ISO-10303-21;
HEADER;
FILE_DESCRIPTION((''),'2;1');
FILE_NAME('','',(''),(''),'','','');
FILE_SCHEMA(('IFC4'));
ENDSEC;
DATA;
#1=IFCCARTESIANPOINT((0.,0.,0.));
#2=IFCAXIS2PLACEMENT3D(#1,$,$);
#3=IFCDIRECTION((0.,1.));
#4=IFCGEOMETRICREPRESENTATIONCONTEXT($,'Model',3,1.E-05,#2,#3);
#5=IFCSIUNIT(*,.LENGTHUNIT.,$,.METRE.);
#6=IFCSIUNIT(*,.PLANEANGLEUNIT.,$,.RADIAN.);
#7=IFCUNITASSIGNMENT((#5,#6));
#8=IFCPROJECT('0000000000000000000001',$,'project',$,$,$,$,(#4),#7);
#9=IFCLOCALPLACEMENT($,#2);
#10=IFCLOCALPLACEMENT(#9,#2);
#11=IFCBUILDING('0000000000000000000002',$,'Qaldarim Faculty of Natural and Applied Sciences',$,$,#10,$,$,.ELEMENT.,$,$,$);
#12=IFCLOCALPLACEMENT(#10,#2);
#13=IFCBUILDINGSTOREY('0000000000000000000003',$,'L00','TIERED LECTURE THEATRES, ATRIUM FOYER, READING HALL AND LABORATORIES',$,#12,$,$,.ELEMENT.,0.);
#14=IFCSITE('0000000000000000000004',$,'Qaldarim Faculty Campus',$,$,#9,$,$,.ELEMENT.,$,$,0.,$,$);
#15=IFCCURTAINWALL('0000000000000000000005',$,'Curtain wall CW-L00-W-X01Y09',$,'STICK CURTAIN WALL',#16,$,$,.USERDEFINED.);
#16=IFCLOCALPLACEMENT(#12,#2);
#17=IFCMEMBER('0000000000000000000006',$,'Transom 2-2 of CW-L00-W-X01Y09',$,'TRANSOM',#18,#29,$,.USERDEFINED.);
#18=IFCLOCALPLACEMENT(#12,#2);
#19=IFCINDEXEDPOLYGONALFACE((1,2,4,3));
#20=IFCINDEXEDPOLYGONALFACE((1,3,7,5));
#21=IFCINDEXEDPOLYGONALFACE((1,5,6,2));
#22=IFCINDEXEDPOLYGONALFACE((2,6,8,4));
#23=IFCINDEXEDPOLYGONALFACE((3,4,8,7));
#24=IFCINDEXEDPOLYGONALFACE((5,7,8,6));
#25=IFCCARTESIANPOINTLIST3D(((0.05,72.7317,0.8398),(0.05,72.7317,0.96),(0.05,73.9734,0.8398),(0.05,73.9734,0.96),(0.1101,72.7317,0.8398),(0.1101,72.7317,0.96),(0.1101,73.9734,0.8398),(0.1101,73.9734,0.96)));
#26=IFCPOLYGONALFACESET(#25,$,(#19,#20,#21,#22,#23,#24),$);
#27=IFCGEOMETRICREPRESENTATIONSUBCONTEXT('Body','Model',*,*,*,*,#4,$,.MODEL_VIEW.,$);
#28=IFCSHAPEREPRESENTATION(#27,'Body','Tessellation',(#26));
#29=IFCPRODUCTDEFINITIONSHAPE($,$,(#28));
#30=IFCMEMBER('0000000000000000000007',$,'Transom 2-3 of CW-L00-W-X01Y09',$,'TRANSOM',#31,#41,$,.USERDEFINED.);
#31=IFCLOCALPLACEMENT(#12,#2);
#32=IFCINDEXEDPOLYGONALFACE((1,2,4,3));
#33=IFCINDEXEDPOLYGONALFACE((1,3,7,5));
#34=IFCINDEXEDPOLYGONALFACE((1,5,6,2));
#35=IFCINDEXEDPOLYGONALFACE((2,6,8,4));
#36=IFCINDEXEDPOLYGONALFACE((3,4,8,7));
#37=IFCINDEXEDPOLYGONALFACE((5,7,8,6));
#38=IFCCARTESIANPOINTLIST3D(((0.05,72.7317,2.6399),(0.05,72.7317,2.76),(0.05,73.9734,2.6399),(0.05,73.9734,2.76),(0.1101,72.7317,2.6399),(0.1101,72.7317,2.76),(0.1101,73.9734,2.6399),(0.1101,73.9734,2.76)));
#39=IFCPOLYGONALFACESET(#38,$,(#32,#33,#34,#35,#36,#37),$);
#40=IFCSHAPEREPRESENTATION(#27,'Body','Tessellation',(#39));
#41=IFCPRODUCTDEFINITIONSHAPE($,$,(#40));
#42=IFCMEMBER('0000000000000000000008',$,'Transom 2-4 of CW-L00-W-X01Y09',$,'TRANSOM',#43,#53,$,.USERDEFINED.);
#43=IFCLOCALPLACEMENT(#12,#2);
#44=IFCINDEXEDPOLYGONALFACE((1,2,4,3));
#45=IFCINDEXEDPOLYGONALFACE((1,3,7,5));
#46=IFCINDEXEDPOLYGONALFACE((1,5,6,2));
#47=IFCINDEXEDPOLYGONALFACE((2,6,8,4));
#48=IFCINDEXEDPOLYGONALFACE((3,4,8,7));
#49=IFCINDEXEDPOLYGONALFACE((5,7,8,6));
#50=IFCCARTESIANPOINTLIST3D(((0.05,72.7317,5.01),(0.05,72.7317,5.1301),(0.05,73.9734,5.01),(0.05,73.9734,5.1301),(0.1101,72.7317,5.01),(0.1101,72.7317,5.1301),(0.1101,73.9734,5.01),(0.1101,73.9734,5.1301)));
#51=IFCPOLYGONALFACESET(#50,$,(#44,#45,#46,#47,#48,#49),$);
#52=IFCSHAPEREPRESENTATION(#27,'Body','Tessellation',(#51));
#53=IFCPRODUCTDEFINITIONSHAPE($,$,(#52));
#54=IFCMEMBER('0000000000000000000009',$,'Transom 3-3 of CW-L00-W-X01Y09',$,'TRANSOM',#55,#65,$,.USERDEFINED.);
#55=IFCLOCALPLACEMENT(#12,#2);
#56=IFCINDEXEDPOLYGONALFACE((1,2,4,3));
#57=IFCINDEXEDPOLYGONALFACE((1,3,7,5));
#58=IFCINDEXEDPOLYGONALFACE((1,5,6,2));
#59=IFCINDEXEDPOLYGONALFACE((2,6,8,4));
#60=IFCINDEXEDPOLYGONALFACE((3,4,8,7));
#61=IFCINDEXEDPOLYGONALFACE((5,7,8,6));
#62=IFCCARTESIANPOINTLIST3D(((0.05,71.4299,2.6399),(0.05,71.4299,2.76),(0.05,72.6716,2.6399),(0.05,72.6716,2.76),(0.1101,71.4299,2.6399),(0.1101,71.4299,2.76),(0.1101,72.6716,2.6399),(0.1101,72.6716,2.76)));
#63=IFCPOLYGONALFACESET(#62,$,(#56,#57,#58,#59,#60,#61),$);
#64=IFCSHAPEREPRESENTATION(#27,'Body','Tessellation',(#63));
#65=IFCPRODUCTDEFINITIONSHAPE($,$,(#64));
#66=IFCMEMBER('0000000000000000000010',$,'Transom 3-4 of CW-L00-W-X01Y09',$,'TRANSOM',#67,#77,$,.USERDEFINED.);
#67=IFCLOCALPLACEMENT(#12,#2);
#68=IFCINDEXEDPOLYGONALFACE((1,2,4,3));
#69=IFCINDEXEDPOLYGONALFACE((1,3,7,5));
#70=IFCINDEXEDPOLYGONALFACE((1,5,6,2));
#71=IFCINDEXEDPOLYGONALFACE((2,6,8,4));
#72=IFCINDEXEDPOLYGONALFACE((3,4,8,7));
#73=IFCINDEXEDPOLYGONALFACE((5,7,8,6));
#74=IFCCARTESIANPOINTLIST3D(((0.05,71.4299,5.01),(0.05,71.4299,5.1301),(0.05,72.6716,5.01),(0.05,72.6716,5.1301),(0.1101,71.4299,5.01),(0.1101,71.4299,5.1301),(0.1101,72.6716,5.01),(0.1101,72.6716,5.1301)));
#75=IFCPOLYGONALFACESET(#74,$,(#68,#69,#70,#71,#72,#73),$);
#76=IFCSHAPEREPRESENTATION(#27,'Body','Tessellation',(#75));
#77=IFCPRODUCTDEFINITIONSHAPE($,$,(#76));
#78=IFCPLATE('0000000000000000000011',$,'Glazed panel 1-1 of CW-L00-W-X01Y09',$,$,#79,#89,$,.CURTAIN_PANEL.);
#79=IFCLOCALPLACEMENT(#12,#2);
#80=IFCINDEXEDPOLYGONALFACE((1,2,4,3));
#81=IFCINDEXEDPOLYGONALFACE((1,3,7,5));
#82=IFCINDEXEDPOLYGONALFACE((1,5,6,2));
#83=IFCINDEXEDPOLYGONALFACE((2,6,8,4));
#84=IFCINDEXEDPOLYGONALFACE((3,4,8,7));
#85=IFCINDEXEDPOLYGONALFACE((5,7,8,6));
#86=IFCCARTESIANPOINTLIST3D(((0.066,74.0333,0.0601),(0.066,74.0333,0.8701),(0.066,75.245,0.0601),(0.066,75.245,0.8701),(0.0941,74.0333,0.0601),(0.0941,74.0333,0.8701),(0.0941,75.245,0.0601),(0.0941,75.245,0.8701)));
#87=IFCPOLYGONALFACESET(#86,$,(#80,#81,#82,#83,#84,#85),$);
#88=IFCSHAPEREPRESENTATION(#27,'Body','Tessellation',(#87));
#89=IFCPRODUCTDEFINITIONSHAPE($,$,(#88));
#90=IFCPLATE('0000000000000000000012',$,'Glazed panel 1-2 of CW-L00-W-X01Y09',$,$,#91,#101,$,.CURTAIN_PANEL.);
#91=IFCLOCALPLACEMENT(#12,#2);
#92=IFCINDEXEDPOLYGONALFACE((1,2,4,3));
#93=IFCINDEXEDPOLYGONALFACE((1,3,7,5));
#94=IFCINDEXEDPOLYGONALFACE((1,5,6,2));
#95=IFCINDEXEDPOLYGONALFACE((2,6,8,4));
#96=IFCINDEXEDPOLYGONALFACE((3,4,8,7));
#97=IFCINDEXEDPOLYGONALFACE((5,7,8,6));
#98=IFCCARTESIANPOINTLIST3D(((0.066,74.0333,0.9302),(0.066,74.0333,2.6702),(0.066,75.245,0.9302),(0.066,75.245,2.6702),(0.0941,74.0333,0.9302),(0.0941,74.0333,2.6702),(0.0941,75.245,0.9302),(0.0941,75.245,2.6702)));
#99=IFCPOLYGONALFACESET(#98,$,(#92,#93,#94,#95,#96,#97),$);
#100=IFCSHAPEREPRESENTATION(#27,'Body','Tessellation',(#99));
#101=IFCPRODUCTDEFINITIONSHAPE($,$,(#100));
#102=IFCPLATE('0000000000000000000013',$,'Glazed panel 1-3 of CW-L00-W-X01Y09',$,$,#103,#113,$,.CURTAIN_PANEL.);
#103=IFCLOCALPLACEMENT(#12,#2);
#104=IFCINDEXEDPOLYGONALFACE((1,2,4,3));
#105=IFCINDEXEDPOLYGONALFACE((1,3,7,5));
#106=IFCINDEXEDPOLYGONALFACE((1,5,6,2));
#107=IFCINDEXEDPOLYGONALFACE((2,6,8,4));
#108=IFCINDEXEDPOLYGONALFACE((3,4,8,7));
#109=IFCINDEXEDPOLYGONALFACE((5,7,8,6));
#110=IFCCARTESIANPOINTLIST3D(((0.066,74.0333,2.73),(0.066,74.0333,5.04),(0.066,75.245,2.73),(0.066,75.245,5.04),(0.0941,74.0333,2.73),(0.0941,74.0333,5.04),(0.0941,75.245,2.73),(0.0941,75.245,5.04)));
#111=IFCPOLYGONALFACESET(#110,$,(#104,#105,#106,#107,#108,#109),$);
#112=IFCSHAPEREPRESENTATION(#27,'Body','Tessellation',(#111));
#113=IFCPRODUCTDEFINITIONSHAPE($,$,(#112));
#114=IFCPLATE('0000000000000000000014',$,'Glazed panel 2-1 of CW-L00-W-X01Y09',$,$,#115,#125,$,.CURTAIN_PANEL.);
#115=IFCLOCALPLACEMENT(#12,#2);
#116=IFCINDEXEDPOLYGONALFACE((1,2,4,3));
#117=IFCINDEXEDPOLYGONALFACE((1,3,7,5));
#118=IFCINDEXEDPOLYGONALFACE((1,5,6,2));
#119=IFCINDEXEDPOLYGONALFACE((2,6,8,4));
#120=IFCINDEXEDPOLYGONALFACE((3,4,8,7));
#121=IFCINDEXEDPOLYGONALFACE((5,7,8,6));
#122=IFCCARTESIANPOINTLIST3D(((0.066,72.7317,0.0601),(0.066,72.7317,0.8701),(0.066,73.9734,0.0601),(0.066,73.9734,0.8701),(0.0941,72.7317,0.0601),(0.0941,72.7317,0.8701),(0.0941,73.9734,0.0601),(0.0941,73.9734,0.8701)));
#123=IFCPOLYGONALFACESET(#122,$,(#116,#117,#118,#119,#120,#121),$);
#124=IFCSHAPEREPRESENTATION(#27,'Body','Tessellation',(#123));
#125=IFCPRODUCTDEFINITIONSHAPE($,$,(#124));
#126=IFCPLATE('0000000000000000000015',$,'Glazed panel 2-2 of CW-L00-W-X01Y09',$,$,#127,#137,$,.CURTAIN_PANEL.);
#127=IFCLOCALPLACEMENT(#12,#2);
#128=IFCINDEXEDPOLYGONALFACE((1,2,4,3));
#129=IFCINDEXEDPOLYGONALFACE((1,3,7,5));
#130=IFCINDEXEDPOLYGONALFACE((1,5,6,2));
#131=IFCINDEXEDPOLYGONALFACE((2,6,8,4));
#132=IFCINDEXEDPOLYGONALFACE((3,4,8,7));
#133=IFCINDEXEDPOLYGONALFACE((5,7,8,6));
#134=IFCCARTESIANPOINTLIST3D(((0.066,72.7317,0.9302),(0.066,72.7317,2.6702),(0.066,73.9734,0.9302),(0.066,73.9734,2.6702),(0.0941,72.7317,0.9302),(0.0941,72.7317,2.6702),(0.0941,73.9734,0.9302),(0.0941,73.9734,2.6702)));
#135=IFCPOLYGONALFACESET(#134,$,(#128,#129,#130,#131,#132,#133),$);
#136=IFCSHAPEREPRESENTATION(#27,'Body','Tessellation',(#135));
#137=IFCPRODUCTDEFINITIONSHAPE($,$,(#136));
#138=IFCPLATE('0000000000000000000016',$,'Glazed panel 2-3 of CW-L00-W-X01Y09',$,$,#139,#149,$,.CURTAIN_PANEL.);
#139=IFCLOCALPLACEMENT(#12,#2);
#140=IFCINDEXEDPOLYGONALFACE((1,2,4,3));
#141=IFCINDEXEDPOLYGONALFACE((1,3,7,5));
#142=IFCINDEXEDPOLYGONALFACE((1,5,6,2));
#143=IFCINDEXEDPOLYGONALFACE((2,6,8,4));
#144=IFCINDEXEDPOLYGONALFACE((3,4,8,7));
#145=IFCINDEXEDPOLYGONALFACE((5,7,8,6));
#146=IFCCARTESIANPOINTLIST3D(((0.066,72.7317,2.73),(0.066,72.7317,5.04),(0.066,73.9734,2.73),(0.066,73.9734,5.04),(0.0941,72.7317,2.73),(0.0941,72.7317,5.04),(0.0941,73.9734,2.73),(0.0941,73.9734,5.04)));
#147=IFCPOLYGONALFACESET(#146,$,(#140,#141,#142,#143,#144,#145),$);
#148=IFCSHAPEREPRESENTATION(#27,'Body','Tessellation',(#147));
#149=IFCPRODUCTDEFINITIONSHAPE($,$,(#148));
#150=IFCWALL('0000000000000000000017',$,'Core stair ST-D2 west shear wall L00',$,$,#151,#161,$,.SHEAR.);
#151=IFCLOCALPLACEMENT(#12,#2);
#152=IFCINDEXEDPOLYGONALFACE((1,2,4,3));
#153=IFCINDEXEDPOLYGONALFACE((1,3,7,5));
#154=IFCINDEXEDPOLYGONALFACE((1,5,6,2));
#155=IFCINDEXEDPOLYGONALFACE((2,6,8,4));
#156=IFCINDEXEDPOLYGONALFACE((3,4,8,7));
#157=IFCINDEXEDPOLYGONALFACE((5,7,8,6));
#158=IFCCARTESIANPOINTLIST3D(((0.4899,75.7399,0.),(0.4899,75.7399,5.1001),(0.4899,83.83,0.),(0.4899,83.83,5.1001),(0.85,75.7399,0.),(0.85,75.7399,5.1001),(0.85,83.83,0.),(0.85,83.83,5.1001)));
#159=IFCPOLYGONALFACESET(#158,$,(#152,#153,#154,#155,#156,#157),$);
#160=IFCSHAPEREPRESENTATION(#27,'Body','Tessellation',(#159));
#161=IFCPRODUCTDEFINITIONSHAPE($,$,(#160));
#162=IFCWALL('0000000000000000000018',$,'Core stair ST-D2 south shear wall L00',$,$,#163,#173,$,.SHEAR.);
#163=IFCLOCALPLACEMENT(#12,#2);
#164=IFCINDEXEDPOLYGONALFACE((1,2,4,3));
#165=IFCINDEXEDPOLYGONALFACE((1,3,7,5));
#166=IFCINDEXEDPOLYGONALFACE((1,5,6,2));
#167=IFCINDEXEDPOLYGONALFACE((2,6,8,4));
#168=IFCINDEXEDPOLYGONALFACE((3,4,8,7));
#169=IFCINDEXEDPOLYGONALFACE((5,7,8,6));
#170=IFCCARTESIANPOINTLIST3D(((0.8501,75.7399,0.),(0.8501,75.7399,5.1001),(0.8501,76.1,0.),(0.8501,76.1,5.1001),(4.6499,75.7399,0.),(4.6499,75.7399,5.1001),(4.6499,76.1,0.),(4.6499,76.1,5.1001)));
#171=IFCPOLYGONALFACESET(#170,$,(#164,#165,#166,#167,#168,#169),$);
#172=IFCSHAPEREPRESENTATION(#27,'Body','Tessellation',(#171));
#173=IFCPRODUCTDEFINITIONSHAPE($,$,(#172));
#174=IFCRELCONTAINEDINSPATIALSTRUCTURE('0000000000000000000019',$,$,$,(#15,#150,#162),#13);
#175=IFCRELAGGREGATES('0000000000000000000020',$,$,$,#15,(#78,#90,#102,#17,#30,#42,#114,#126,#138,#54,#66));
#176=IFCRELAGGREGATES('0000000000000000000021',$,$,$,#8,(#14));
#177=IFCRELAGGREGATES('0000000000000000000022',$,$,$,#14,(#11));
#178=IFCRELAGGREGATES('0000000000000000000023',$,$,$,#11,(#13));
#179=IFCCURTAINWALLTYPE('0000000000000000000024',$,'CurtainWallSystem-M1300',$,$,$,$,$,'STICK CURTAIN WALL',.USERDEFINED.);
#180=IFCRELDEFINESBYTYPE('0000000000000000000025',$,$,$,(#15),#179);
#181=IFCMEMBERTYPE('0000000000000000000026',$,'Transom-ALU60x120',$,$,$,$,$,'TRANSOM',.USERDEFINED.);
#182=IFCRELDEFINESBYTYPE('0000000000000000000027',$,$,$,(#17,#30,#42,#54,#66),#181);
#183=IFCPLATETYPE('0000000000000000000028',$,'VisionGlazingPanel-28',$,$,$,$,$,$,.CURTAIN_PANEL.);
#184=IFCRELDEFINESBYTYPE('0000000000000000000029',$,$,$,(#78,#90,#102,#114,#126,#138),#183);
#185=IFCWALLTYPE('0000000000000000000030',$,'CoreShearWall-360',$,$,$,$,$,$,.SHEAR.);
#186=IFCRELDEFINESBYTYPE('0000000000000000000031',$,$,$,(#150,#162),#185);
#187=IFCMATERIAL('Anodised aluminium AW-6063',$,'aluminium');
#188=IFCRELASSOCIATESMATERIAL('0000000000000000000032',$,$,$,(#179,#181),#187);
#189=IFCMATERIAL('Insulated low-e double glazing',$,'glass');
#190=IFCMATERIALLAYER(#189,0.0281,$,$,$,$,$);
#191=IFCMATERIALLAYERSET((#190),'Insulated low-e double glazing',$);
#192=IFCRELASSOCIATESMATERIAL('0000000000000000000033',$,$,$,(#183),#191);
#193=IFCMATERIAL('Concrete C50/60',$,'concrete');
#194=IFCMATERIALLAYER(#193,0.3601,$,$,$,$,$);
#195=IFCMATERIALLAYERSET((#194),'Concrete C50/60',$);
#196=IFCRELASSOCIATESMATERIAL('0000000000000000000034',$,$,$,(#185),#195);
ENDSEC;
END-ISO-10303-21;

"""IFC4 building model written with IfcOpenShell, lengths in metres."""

from ifc_helpers import new_model, si_unit, direction, frame, frame_2d, origin, origin_2d, place, context, subcontext, project, spatial, rectangle, extrude, material, layer, layer_set, material_profile, profile_set, type_object, element, aggregate, save


model = new_model("IFC4")

# Units and contexts
model_context = context("Model", 3, precision=1e-05, world=origin(), true_north=direction((0.0, 1.0)))
body_context = subcontext(model_context, "Body", "Model", "MODEL_VIEW")
ifc_project = project(units=[si_unit("LENGTHUNIT", "METRE"), si_unit("PLANEANGLEUNIT", "RADIAN")], contexts=[model_context])

# Site, building, storey
site_placement = place(None, origin())
site = spatial("IfcSite", under=ifc_project, at=site_placement, Name="Qaldarim Faculty Campus", CompositionType="ELEMENT", RefElevation=0.0)
building_placement = place(site_placement, origin())
building = spatial("IfcBuilding", under=site, at=building_placement, Name="Qaldarim Faculty of Natural and Applied Sciences", CompositionType="ELEMENT")
storey_placement = place(building_placement, origin())
storey = spatial("IfcBuildingStorey", under=building, at=storey_placement, Name="L00", Description="TIERED LECTURE THEATRES, ATRIUM FOYER, READING HALL AND LABORATORIES", CompositionType="ELEMENT", Elevation=0.0)

# Shared definitions
ifc_material_1 = material(Name="Concrete C50/60", Category="concrete")

# Curtain wall
ifc_material_2 = material(Name="Anodised aluminium AW-6063", Category="aluminium")
curtain_wall_type = type_object("IfcCurtainWallType", Name="CurtainWallSystem-M1300", ElementType="STICK CURTAIN WALL", PredefinedType="USERDEFINED", material=ifc_material_2)
curtain_wall_placement = place(storey_placement, origin())
curtain_wall = element("IfcCurtainWall", 1, at=curtain_wall_placement, inside=storey, type_object=curtain_wall_type, Name="Curtain wall CW-L00-W-X01Y09", ObjectType="STICK CURTAIN WALL", PredefinedType="USERDEFINED")

# Members
ifc_material_profile_1 = material_profile(ifc_material_2, rectangle(XDim=0.0601, YDim=0.1201, at=origin_2d()), Name="ALU-T60x120")
ifc_profile_set_1 = profile_set([ifc_material_profile_1], Name="Anodised aluminium AW-6063")
member_type_1 = type_object("IfcMemberType", Name="Transom-ALU60x120", ElementType="TRANSOM", PredefinedType="USERDEFINED", material=ifc_profile_set_1)
member_1_placement = place(storey_placement, frame((0.0801, 73.9734, 0.8999), z_axis=(0.0, -1.0, 0.0), x_axis=(1.0, 0.0, 0.0)))
member_1 = element("IfcMember", 2, at=member_1_placement, type_object=member_type_1, Name="Transom 2-2 of CW-L00-W-X01Y09", ObjectType="TRANSOM", PredefinedType="USERDEFINED", context=body_context, shape_type="SweptSolid", body=[
    extrude(rectangle(XDim=0.0601, YDim=0.1201, at=origin_2d()), origin(), (0.0, 0.0, 1.0), 1.2417),
])
member_2_placement = place(storey_placement, frame((0.0801, 73.9734, 2.7), z_axis=(0.0, -1.0, 0.0), x_axis=(1.0, 0.0, 0.0)))
member_2 = element("IfcMember", 3, at=member_2_placement, type_object=member_type_1, Name="Transom 2-3 of CW-L00-W-X01Y09", ObjectType="TRANSOM", PredefinedType="USERDEFINED", context=body_context, shape_type="SweptSolid", body=[
    extrude(rectangle(XDim=0.0601, YDim=0.1201, at=origin_2d()), origin(), (0.0, 0.0, 1.0), 1.2417),
])
member_3_placement = place(storey_placement, frame((0.0801, 73.9734, 5.0701), z_axis=(0.0, -1.0, 0.0), x_axis=(1.0, 0.0, 0.0)))
member_3 = element("IfcMember", 4, at=member_3_placement, type_object=member_type_1, Name="Transom 2-4 of CW-L00-W-X01Y09", ObjectType="TRANSOM", PredefinedType="USERDEFINED", context=body_context, shape_type="SweptSolid", body=[
    extrude(rectangle(XDim=0.0601, YDim=0.1201, at=origin_2d()), origin(), (0.0, 0.0, 1.0), 1.2417),
])
member_4_placement = place(storey_placement, frame((0.0801, 72.6716, 2.7), z_axis=(0.0, -1.0, 0.0), x_axis=(1.0, 0.0, 0.0)))
member_4 = element("IfcMember", 5, at=member_4_placement, type_object=member_type_1, Name="Transom 3-3 of CW-L00-W-X01Y09", ObjectType="TRANSOM", PredefinedType="USERDEFINED", context=body_context, shape_type="SweptSolid", body=[
    extrude(rectangle(XDim=0.0601, YDim=0.1201, at=origin_2d()), origin(), (0.0, 0.0, 1.0), 1.2417),
])
member_5_placement = place(storey_placement, frame((0.0801, 72.6716, 5.0701), z_axis=(0.0, -1.0, 0.0), x_axis=(1.0, 0.0, 0.0)))
member_5 = element("IfcMember", 6, at=member_5_placement, type_object=member_type_1, Name="Transom 3-4 of CW-L00-W-X01Y09", ObjectType="TRANSOM", PredefinedType="USERDEFINED", context=body_context, shape_type="SweptSolid", body=[
    extrude(rectangle(XDim=0.0601, YDim=0.1201, at=origin_2d()), origin(), (0.0, 0.0, 1.0), 1.2417),
])

# Plates
ifc_material_3 = material(Name="Insulated low-e double glazing", Category="glass")
ifc_layer_1 = layer(ifc_material_3, 0.0281)
ifc_layer_set_1 = layer_set([ifc_layer_1], Name="Insulated low-e double glazing")
plate_type = type_object("IfcPlateType", Name="VisionGlazingPanel-28", PredefinedType="CURTAIN_PANEL", material=ifc_layer_set_1)
plate_1_placement = place(storey_placement, frame((0.0801, 74.6392, 0.0601), z_axis=(0.0, 0.0, 1.0), x_axis=(0.0, -1.0, 0.0)))
plate_1 = element("IfcPlate", 7, at=plate_1_placement, type_object=plate_type, Name="Glazed panel 1-1 of CW-L00-W-X01Y09", PredefinedType="CURTAIN_PANEL", context=body_context, shape_type="SweptSolid", body=[
    extrude(rectangle(XDim=1.2117, YDim=0.0281, at=origin_2d()), origin(), (0.0, 0.0, 1.0), 0.8101),
])
plate_2_placement = place(storey_placement, frame((0.0801, 74.6392, 0.9302), z_axis=(0.0, 0.0, 1.0), x_axis=(0.0, -1.0, 0.0)))
plate_2 = element("IfcPlate", 8, at=plate_2_placement, type_object=plate_type, Name="Glazed panel 1-2 of CW-L00-W-X01Y09", PredefinedType="CURTAIN_PANEL", context=body_context, shape_type="SweptSolid", body=[
    extrude(rectangle(XDim=1.2117, YDim=0.0281, at=origin_2d()), origin(), (0.0, 0.0, 1.0), 1.74),
])
plate_3_placement = place(storey_placement, frame((0.0801, 74.6392, 2.73), z_axis=(0.0, 0.0, 1.0), x_axis=(0.0, -1.0, 0.0)))
plate_3 = element("IfcPlate", 9, at=plate_3_placement, type_object=plate_type, Name="Glazed panel 1-3 of CW-L00-W-X01Y09", PredefinedType="CURTAIN_PANEL", context=body_context, shape_type="SweptSolid", body=[
    extrude(rectangle(XDim=1.2117, YDim=0.0281, at=origin_2d()), origin(), (0.0, 0.0, 1.0), 2.3101),
])
plate_4_placement = place(storey_placement, frame((0.0801, 73.3525, 0.0601), z_axis=(0.0, 0.0, 1.0), x_axis=(0.0, -1.0, 0.0)))
plate_4 = element("IfcPlate", 10, at=plate_4_placement, type_object=plate_type, Name="Glazed panel 2-1 of CW-L00-W-X01Y09", PredefinedType="CURTAIN_PANEL", context=body_context, shape_type="SweptSolid", body=[
    extrude(rectangle(XDim=1.2417, YDim=0.0281, at=origin_2d()), origin(), (0.0, 0.0, 1.0), 0.8101),
])
plate_5_placement = place(storey_placement, frame((0.0801, 73.3525, 0.9302), z_axis=(0.0, 0.0, 1.0), x_axis=(0.0, -1.0, 0.0)))
plate_5 = element("IfcPlate", 11, at=plate_5_placement, type_object=plate_type, Name="Glazed panel 2-2 of CW-L00-W-X01Y09", PredefinedType="CURTAIN_PANEL", context=body_context, shape_type="SweptSolid", body=[
    extrude(rectangle(XDim=1.2417, YDim=0.0281, at=origin_2d()), origin(), (0.0, 0.0, 1.0), 1.74),
])
plate_6_placement = place(storey_placement, frame((0.0801, 73.3525, 2.73), z_axis=(0.0, 0.0, 1.0), x_axis=(0.0, -1.0, 0.0)))
plate_6 = element("IfcPlate", 12, at=plate_6_placement, type_object=plate_type, Name="Glazed panel 2-3 of CW-L00-W-X01Y09", PredefinedType="CURTAIN_PANEL", context=body_context, shape_type="SweptSolid", body=[
    extrude(rectangle(XDim=1.2417, YDim=0.0281, at=origin_2d()), origin(), (0.0, 0.0, 1.0), 2.3101),
])
aggregate(curtain_wall, [plate_1, plate_2, plate_3, member_1, member_2, member_3, plate_4, plate_5, plate_6, member_4, member_5])

# Walls
ifc_layer_2 = layer(ifc_material_1, 0.3601)
ifc_layer_set_2 = layer_set([ifc_layer_2], Name="Concrete C50/60")
wall_type_1 = type_object("IfcWallType", Name="CoreShearWall-360", PredefinedType="SHEAR", material=ifc_layer_set_2)
wall_1_placement = place(storey_placement, frame((0.6699, 75.74, 0.0), z_axis=(0.0, 0.0, 1.0), x_axis=(0.0, 1.0, 0.0)))
element("IfcWall", 13, at=wall_1_placement, inside=storey, type_object=wall_type_1, Name="Core stair ST-D2 west shear wall L00", PredefinedType="SHEAR", context=body_context, shape_type="SweptSolid", body=[
    extrude(rectangle(XDim=8.0901, YDim=0.3601, at=frame_2d((4.0449, 0.0))), origin(), (0.0, 0.0, 1.0), 5.1001),
])
wall_2_placement = place(storey_placement, frame((0.8501, 75.9199, 0.0), z_axis=(0.0, 0.0, 1.0), x_axis=(1.0, 0.0, 0.0)))
element("IfcWall", 14, at=wall_2_placement, inside=storey, type_object=wall_type_1, Name="Core stair ST-D2 south shear wall L00", PredefinedType="SHEAR", context=body_context, shape_type="SweptSolid", body=[
    extrude(rectangle(XDim=3.7998, YDim=0.3601, at=frame_2d((1.8999, 0.0))), origin(), (0.0, 0.0, 1.0), 5.1001),
])

save(model, "model.ifc")
